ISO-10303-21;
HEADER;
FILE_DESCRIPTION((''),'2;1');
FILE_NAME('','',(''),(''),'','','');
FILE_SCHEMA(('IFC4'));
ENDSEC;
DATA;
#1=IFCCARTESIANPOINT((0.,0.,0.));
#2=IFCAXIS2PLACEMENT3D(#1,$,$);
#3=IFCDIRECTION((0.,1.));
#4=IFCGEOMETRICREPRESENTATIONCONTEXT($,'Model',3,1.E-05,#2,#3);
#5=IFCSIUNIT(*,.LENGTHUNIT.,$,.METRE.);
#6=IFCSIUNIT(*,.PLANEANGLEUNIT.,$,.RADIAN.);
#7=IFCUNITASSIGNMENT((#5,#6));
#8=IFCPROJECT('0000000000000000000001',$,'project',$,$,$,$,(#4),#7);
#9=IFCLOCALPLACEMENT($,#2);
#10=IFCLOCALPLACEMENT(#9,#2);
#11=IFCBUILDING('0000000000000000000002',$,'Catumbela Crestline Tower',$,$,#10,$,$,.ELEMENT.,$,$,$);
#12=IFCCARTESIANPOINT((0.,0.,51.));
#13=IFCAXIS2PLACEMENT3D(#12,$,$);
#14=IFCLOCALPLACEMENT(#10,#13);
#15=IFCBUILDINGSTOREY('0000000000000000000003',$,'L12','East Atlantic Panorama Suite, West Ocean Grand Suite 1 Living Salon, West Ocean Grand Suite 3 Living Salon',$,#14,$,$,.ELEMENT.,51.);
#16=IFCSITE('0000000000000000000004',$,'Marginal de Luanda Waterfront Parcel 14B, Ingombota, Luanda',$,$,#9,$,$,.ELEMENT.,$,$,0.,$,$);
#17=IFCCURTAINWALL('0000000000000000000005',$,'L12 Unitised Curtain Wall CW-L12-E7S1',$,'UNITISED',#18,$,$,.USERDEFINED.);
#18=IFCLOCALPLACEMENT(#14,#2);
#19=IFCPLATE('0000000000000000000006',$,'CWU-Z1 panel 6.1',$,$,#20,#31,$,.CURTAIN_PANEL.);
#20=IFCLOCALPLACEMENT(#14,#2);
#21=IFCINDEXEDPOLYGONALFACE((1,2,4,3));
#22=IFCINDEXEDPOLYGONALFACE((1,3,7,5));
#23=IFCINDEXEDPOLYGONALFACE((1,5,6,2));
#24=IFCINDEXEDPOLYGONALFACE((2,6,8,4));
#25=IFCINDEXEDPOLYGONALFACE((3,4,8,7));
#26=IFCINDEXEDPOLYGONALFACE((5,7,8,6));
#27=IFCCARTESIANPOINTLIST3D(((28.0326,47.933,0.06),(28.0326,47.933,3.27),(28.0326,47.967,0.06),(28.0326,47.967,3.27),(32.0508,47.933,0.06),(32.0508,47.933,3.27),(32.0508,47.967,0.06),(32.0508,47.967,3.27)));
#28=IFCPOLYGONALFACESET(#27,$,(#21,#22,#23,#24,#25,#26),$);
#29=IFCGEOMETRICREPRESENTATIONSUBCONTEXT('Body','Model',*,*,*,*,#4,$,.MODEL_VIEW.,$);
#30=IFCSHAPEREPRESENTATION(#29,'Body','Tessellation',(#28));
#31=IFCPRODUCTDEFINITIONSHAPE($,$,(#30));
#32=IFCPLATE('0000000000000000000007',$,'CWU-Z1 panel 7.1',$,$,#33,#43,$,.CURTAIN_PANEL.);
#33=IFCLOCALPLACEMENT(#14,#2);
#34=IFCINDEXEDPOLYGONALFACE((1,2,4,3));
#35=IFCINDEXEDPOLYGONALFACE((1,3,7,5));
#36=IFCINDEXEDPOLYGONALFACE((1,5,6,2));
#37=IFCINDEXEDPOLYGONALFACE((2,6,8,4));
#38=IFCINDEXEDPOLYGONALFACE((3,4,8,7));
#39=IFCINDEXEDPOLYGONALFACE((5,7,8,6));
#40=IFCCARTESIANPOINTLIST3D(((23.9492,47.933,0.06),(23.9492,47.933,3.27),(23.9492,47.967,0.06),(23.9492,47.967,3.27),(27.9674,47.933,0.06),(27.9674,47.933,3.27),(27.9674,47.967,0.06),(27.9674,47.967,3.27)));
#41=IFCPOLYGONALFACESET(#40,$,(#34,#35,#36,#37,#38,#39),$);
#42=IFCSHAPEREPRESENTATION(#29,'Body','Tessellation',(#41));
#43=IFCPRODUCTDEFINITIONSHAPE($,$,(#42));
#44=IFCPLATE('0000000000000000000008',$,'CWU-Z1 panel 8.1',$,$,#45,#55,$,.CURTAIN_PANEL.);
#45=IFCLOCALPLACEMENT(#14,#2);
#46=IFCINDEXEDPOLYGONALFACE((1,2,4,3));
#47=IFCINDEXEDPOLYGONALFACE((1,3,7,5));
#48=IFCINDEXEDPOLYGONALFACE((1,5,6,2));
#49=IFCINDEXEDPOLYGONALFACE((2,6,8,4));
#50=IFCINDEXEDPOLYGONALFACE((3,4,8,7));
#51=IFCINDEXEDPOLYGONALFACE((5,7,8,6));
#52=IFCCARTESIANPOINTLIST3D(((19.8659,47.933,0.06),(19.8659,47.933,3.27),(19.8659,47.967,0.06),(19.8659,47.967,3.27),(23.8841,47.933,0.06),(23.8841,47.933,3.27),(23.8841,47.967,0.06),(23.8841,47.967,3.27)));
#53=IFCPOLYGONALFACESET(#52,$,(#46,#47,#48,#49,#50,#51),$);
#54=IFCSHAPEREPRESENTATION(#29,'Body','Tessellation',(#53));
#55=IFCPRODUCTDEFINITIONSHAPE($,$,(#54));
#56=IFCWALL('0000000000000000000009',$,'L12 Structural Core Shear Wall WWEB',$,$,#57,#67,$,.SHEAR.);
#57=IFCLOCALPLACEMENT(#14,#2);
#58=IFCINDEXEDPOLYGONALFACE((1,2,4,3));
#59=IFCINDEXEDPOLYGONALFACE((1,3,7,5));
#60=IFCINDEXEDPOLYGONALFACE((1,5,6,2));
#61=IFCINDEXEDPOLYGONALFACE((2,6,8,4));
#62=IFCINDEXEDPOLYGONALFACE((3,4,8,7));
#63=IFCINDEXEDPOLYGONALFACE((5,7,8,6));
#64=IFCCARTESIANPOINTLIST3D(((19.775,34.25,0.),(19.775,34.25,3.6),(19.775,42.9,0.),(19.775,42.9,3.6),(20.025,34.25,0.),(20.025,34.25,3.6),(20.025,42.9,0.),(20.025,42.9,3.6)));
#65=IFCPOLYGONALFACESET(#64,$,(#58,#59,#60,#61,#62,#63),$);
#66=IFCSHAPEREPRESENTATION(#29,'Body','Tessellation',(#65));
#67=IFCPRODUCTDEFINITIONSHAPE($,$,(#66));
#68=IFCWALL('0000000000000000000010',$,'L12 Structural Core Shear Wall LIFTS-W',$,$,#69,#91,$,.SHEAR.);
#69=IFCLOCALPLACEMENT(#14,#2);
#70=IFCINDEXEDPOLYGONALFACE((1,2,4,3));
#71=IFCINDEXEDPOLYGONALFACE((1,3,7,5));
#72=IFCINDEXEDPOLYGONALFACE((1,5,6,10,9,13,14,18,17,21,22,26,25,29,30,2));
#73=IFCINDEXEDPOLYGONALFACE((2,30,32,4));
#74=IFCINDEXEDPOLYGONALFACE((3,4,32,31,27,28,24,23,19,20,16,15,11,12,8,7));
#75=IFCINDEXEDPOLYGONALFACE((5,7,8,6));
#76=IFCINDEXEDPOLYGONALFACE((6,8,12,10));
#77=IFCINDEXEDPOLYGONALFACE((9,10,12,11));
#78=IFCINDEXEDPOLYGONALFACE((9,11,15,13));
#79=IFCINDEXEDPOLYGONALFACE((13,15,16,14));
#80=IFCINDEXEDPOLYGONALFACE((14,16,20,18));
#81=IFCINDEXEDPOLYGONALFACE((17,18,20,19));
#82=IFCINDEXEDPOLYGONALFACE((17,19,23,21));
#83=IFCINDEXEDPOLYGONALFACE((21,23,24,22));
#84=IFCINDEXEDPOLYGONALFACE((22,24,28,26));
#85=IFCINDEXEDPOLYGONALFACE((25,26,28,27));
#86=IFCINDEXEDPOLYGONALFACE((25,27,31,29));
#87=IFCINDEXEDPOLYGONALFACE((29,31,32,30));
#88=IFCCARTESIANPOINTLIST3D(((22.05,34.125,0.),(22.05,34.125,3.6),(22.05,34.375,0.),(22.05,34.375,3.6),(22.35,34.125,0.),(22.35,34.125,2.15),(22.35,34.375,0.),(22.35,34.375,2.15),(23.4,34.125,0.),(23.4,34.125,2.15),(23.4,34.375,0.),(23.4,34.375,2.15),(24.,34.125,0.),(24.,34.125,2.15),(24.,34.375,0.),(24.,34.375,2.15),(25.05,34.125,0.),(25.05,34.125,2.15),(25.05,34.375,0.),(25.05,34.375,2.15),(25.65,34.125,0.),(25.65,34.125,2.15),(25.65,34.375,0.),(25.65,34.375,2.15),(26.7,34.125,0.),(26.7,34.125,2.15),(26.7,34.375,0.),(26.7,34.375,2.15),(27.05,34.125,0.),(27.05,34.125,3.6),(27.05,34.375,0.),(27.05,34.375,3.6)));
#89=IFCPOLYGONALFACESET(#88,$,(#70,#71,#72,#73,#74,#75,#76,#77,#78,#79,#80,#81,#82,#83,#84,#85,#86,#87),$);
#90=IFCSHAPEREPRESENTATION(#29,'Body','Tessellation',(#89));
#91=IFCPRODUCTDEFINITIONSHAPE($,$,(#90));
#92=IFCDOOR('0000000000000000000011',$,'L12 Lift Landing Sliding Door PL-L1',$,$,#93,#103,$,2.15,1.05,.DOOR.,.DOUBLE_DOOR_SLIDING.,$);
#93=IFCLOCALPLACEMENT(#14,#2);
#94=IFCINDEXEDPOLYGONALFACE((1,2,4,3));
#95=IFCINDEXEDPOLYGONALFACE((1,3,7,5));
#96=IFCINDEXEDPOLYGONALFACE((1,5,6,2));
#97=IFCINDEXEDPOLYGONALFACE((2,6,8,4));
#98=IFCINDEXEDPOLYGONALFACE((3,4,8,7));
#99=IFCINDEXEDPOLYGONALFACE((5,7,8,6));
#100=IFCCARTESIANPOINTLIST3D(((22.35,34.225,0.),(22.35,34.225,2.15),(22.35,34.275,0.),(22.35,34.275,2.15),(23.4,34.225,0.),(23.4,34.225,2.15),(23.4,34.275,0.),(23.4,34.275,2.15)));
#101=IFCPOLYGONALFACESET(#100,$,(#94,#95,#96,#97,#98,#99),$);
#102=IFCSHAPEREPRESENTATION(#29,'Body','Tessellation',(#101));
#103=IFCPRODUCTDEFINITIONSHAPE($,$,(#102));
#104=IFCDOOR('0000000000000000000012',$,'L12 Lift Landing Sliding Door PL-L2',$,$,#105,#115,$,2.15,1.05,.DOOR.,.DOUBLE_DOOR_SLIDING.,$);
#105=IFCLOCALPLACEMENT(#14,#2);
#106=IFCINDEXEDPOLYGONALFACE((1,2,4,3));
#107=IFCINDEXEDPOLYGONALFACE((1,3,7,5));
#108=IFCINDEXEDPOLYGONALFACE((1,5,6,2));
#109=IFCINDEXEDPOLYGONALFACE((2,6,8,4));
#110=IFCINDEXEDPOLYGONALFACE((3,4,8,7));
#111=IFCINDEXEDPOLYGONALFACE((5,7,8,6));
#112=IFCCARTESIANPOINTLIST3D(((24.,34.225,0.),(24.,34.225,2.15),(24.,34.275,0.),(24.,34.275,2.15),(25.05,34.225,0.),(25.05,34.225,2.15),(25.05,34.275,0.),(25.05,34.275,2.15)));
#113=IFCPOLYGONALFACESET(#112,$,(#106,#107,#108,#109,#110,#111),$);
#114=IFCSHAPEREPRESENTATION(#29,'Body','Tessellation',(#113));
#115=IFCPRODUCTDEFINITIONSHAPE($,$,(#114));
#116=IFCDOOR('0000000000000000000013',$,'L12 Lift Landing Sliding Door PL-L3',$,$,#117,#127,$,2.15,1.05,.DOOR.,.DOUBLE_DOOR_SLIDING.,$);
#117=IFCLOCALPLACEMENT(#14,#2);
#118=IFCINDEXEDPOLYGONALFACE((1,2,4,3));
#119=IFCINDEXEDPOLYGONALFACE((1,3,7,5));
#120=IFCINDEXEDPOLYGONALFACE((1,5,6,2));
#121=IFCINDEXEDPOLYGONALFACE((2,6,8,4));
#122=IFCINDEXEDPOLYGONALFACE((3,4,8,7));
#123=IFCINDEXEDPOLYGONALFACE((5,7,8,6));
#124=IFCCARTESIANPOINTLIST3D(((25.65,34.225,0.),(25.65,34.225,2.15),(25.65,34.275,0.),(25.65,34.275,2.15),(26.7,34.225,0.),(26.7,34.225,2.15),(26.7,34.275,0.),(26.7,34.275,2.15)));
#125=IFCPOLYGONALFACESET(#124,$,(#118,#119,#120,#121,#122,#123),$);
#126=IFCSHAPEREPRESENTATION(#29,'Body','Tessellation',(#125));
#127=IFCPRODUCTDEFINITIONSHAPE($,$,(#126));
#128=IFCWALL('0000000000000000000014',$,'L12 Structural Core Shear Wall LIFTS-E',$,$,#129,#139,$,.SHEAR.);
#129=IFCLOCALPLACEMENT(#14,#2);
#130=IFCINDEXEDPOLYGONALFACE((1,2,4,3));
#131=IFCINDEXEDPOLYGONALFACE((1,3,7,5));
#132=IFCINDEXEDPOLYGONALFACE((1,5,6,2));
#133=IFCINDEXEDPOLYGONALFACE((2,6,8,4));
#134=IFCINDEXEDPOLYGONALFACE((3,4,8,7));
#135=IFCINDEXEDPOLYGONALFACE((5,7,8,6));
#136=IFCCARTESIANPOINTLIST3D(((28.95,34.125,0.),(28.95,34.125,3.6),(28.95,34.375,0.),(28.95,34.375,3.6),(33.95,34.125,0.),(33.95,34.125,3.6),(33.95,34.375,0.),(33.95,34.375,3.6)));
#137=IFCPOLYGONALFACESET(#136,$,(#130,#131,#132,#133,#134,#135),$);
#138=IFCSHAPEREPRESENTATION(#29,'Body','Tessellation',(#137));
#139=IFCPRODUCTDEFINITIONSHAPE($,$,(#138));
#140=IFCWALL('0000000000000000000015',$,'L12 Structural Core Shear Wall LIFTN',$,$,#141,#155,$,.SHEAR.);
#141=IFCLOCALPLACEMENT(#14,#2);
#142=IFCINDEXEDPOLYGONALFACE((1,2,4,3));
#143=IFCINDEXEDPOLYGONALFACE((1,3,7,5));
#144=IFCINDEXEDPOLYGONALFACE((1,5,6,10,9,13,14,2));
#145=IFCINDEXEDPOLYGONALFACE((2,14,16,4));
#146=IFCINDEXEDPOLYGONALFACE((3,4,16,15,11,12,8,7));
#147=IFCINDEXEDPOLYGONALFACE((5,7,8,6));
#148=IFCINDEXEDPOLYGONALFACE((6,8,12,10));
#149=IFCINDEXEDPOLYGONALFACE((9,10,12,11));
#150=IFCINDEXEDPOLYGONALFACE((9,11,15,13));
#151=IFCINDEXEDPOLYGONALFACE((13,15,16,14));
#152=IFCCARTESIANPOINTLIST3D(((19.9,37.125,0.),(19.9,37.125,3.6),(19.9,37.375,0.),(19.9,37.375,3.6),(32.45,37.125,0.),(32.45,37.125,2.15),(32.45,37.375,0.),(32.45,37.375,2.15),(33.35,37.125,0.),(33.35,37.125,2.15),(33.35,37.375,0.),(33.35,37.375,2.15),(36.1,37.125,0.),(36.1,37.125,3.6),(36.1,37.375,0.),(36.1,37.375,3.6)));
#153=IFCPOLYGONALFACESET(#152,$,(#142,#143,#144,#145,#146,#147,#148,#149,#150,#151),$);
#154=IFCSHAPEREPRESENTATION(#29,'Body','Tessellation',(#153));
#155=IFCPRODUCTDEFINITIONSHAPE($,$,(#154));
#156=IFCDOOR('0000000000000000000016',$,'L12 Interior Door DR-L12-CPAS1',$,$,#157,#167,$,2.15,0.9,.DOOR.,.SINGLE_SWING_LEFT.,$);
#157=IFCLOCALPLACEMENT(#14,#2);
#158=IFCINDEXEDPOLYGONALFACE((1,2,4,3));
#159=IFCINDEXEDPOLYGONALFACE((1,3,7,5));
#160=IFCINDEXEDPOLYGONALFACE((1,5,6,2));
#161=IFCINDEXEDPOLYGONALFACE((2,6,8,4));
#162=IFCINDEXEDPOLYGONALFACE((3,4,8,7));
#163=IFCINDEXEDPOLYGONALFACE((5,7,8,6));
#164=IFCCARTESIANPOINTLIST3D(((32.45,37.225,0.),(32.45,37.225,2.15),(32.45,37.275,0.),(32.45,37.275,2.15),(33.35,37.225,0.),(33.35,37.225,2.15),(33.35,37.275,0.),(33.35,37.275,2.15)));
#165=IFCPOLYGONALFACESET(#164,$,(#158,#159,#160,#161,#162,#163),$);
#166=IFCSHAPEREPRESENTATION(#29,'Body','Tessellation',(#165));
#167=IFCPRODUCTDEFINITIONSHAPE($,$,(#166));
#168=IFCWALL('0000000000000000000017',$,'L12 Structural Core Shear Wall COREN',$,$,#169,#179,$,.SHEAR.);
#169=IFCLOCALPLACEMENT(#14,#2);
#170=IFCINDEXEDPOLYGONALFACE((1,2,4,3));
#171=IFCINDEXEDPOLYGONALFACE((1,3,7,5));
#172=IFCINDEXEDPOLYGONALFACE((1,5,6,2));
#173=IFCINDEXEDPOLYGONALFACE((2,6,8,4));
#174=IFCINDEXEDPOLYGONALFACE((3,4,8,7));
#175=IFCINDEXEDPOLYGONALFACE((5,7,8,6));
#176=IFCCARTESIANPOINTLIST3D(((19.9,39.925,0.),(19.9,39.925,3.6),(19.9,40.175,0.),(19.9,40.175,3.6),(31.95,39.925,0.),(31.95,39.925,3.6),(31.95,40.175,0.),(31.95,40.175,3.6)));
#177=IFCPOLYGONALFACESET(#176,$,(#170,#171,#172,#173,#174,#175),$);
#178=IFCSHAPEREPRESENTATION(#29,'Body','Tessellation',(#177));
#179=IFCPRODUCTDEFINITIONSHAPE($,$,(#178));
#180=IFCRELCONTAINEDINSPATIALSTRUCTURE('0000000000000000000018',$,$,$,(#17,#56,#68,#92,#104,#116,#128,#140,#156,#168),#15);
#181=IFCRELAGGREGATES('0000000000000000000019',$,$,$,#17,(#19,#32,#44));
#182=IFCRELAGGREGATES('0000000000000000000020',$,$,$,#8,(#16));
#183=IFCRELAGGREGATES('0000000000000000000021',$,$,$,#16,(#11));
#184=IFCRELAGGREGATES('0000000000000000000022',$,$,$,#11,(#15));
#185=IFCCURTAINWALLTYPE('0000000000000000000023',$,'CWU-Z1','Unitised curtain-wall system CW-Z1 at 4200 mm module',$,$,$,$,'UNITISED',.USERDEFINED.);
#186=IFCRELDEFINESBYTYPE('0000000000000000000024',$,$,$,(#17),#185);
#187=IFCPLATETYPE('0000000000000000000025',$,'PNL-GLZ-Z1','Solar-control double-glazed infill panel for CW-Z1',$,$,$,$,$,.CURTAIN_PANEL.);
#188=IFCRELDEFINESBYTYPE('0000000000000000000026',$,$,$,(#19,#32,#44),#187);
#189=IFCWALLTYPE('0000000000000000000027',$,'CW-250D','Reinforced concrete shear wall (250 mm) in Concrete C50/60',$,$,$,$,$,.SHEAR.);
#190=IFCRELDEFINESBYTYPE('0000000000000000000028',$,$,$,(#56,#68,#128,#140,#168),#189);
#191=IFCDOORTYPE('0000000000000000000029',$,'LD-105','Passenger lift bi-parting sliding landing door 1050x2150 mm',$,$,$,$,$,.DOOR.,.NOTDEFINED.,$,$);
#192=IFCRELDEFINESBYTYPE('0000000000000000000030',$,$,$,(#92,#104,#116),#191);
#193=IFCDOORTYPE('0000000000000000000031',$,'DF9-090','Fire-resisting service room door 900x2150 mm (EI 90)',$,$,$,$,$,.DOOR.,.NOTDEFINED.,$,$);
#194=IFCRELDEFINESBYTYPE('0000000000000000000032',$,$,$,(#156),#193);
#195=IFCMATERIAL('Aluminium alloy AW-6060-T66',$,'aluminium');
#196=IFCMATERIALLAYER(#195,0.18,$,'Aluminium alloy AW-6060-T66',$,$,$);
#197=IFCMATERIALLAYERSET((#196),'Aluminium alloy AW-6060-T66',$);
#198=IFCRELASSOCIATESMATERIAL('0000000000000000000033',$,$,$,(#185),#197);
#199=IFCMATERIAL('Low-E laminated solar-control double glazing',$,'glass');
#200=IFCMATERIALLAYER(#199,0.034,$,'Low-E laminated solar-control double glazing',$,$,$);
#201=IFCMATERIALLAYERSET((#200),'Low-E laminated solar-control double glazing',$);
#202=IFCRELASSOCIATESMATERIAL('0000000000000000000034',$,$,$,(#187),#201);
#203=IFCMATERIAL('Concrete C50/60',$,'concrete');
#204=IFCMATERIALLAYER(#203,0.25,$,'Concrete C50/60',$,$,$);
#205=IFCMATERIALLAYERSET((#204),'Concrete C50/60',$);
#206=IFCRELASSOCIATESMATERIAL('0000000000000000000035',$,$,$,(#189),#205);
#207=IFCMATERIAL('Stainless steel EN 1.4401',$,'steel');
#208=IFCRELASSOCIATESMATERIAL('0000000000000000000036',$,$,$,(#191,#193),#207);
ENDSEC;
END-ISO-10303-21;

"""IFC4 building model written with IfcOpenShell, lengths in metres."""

from ifc_helpers import new_model, si_unit, direction, frame, frame_2d, origin, origin_2d, place, context, subcontext, project, spatial, rectangle, extrude, material, layer, layer_set, type_object, element, fill, aggregate, save


model = new_model("IFC4")

# Units and contexts
model_context = context("Model", 3, precision=1e-05, world=origin(), true_north=direction((0.0, 1.0)))
body_context = subcontext(model_context, "Body", "Model", "MODEL_VIEW")
ifc_project = project(units=[si_unit("LENGTHUNIT", "METRE"), si_unit("PLANEANGLEUNIT", "RADIAN")], contexts=[model_context])

# Site, building, storey
site_placement = place(None, origin())
site = spatial("IfcSite", under=ifc_project, at=site_placement, Name="Marginal de Luanda Waterfront Parcel 14B, Ingombota, Luanda", CompositionType="ELEMENT", RefElevation=0.0)
building_placement = place(site_placement, origin())
building = spatial("IfcBuilding", under=site, at=building_placement, Name="Catumbela Crestline Tower", CompositionType="ELEMENT")
storey_placement = place(building_placement, frame((0.0, 0.0, 51.0)))
storey = spatial("IfcBuildingStorey", under=building, at=storey_placement, Name="L12", Description="East Atlantic Panorama Suite, West Ocean Grand Suite 1 Living Salon, West Ocean Grand Suite 3 Living Salon", CompositionType="ELEMENT", Elevation=51.0)

# Curtain wall, plates
ifc_material_1 = material(Name="Aluminium alloy AW-6060-T66", Category="aluminium")
ifc_layer_1 = layer(ifc_material_1, 0.18, Name="Aluminium alloy AW-6060-T66")
ifc_layer_set_1 = layer_set([ifc_layer_1], Name="Aluminium alloy AW-6060-T66")
curtain_wall_type = type_object("IfcCurtainWallType", Name="CWU-Z1", Description="Unitised curtain-wall system CW-Z1 at 4200 mm module", ElementType="UNITISED", PredefinedType="USERDEFINED", material=ifc_layer_set_1)
curtain_wall_placement = place(storey_placement, origin())
curtain_wall = element("IfcCurtainWall", 1, at=curtain_wall_placement, inside=storey, type_object=curtain_wall_type, Name="L12 Unitised Curtain Wall CW-L12-E7S1", ObjectType="UNITISED", PredefinedType="USERDEFINED")
ifc_material_2 = material(Name="Low-E laminated solar-control double glazing", Category="glass")
ifc_layer_2 = layer(ifc_material_2, 0.034, Name="Low-E laminated solar-control double glazing")
ifc_layer_set_2 = layer_set([ifc_layer_2], Name="Low-E laminated solar-control double glazing")
plate_type = type_object("IfcPlateType", Name="PNL-GLZ-Z1", Description="Solar-control double-glazed infill panel for CW-Z1", PredefinedType="CURTAIN_PANEL", material=ifc_layer_set_2)
plate_1_placement = place(storey_placement, frame((30.0417, 47.95, 0.06), z_axis=(0.0, 0.0, 1.0), x_axis=(-1.0, 0.0, 0.0)))
plate_1 = element("IfcPlate", 2, at=plate_1_placement, type_object=plate_type, Name="CWU-Z1 panel 6.1", PredefinedType="CURTAIN_PANEL", context=body_context, shape_type="SweptSolid", body=[
    extrude(rectangle(XDim=4.0183, YDim=0.034, at=origin_2d()), origin(), (0.0, 0.0, 1.0), 3.21),
])
plate_2_placement = place(storey_placement, frame((25.9583, 47.95, 0.06), z_axis=(0.0, 0.0, 1.0), x_axis=(-1.0, 0.0, 0.0)))
plate_2 = element("IfcPlate", 3, at=plate_2_placement, type_object=plate_type, Name="CWU-Z1 panel 7.1", PredefinedType="CURTAIN_PANEL", context=body_context, shape_type="SweptSolid", body=[
    extrude(rectangle(XDim=4.0183, YDim=0.034, at=origin_2d()), origin(), (0.0, 0.0, 1.0), 3.21),
])
plate_3_placement = place(storey_placement, frame((21.875, 47.95, 0.06), z_axis=(0.0, 0.0, 1.0), x_axis=(-1.0, 0.0, 0.0)))
plate_3 = element("IfcPlate", 4, at=plate_3_placement, type_object=plate_type, Name="CWU-Z1 panel 8.1", PredefinedType="CURTAIN_PANEL", context=body_context, shape_type="SweptSolid", body=[
    extrude(rectangle(XDim=4.0183, YDim=0.034, at=origin_2d()), origin(), (0.0, 0.0, 1.0), 3.21),
])
aggregate(curtain_wall, [plate_1, plate_2, plate_3])

# Wall
ifc_material_3 = material(Name="Concrete C50/60", Category="concrete")
ifc_layer_3 = layer(ifc_material_3, 0.25, Name="Concrete C50/60")
ifc_layer_set_3 = layer_set([ifc_layer_3], Name="Concrete C50/60")
wall_type_1 = type_object("IfcWallType", Name="CW-250D", Description="Reinforced concrete shear wall (250 mm) in Concrete C50/60", PredefinedType="SHEAR", material=ifc_layer_set_3)
wall_1_placement = place(storey_placement, frame((19.9, 34.25, 0.0), z_axis=(0.0, 0.0, 1.0), x_axis=(0.0, 1.0, 0.0)))
element("IfcWall", 5, at=wall_1_placement, inside=storey, type_object=wall_type_1, Name="L12 Structural Core Shear Wall WWEB", PredefinedType="SHEAR", context=body_context, shape_type="SweptSolid", body=[
    extrude(rectangle(XDim=8.65, YDim=0.25, at=frame_2d((4.325, 0.0))), origin(), (0.0, 0.0, 1.0), 3.6),
])

# Wall, openings, doors
wall_2_placement = place(storey_placement, frame((22.05, 34.25, 0.0), z_axis=(0.0, 0.0, 1.0), x_axis=(1.0, 0.0, 0.0)))
wall_2 = element("IfcWall", 6, at=wall_2_placement, inside=storey, type_object=wall_type_1, Name="L12 Structural Core Shear Wall LIFTS-W", PredefinedType="SHEAR", context=body_context, shape_type="SweptSolid", body=[
    extrude(rectangle(XDim=5.0, YDim=0.25, at=frame_2d((2.5, 0.0))), origin(), (0.0, 0.0, 1.0), 3.6),
])
opening_1_placement = place(wall_2_placement, frame((0.3, 0.0, 0.0)))
opening_1 = element("IfcOpeningElement", 7, at=opening_1_placement, cuts=wall_2, PredefinedType="OPENING", context=body_context, shape_type="SweptSolid", body=[
    extrude(rectangle(XDim=1.05, YDim=2.15, at=frame_2d((0.525, 1.075))), frame((0.0, 0.135, 0.0), z_axis=(0.0, -1.0, 0.0), x_axis=(1.0, 0.0, 0.0)), (0.0, 0.0, 1.0), 0.27),
])
opening_2_placement = place(wall_2_placement, frame((1.95, 0.0, 0.0)))
opening_2 = element("IfcOpeningElement", 8, at=opening_2_placement, cuts=wall_2, PredefinedType="OPENING", context=body_context, shape_type="SweptSolid", body=[
    extrude(rectangle(XDim=1.05, YDim=2.15, at=frame_2d((0.525, 1.075))), frame((0.0, 0.135, 0.0), z_axis=(0.0, -1.0, 0.0), x_axis=(1.0, 0.0, 0.0)), (0.0, 0.0, 1.0), 0.27),
])
opening_3_placement = place(wall_2_placement, frame((3.6, 0.0, 0.0)))
opening_3 = element("IfcOpeningElement", 9, at=opening_3_placement, cuts=wall_2, PredefinedType="OPENING", context=body_context, shape_type="SweptSolid", body=[
    extrude(rectangle(XDim=1.05, YDim=2.15, at=frame_2d((0.525, 1.075))), frame((0.0, 0.135, 0.0), z_axis=(0.0, -1.0, 0.0), x_axis=(1.0, 0.0, 0.0)), (0.0, 0.0, 1.0), 0.27),
])
ifc_material_4 = material(Name="Stainless steel EN 1.4401", Category="steel")
door_type_1 = type_object("IfcDoorType", Name="LD-105", Description="Passenger lift bi-parting sliding landing door 1050x2150 mm", OperationType="NOTDEFINED", PredefinedType="DOOR", material=ifc_material_4)
door_1_placement = place(opening_1_placement, origin())
door_1 = element("IfcDoor", 10, at=door_1_placement, inside=storey, type_object=door_type_1, Name="L12 Lift Landing Sliding Door PL-L1", OperationType="DOUBLE_DOOR_SLIDING", OverallHeight=2.15, OverallWidth=1.05, PredefinedType="DOOR", context=body_context, shape_type="SweptSolid", body=[
    extrude(rectangle(XDim=1.05, YDim=2.15, at=frame_2d((0.525, 1.075))), frame((0.0, 0.025, 0.0), z_axis=(0.0, -1.0, 0.0), x_axis=(1.0, 0.0, 0.0)), (0.0, 0.0, 1.0), 0.05),
])
fill(opening_1, door_1)
door_2_placement = place(opening_2_placement, origin())
door_2 = element("IfcDoor", 11, at=door_2_placement, inside=storey, type_object=door_type_1, Name="L12 Lift Landing Sliding Door PL-L2", OperationType="DOUBLE_DOOR_SLIDING", OverallHeight=2.15, OverallWidth=1.05, PredefinedType="DOOR", context=body_context, shape_type="SweptSolid", body=[
    extrude(rectangle(XDim=1.05, YDim=2.15, at=frame_2d((0.525, 1.075))), frame((0.0, 0.025, 0.0), z_axis=(0.0, -1.0, 0.0), x_axis=(1.0, 0.0, 0.0)), (0.0, 0.0, 1.0), 0.05),
])
fill(opening_2, door_2)
door_3_placement = place(opening_3_placement, origin())
door_3 = element("IfcDoor", 12, at=door_3_placement, inside=storey, type_object=door_type_1, Name="L12 Lift Landing Sliding Door PL-L3", OperationType="DOUBLE_DOOR_SLIDING", OverallHeight=2.15, OverallWidth=1.05, PredefinedType="DOOR", context=body_context, shape_type="SweptSolid", body=[
    extrude(rectangle(XDim=1.05, YDim=2.15, at=frame_2d((0.525, 1.075))), frame((0.0, 0.025, 0.0), z_axis=(0.0, -1.0, 0.0), x_axis=(1.0, 0.0, 0.0)), (0.0, 0.0, 1.0), 0.05),
])
fill(opening_3, door_3)

# Wall
wall_3_placement = place(storey_placement, frame((28.95, 34.25, 0.0), z_axis=(0.0, 0.0, 1.0), x_axis=(1.0, 0.0, 0.0)))
element("IfcWall", 13, at=wall_3_placement, inside=storey, type_object=wall_type_1, Name="L12 Structural Core Shear Wall LIFTS-E", PredefinedType="SHEAR", context=body_context, shape_type="SweptSolid", body=[
    extrude(rectangle(XDim=5.0, YDim=0.25, at=frame_2d((2.5, 0.0))), origin(), (0.0, 0.0, 1.0), 3.6),
])

# Wall, opening, door
wall_4_placement = place(storey_placement, frame((19.9, 37.25, 0.0), z_axis=(0.0, 0.0, 1.0), x_axis=(1.0, 0.0, 0.0)))
wall_4 = element("IfcWall", 14, at=wall_4_placement, inside=storey, type_object=wall_type_1, Name="L12 Structural Core Shear Wall LIFTN", PredefinedType="SHEAR", context=body_context, shape_type="SweptSolid", body=[
    extrude(rectangle(XDim=16.2, YDim=0.25, at=frame_2d((8.1, 0.0))), origin(), (0.0, 0.0, 1.0), 3.6),
])
opening_4_placement = place(wall_4_placement, frame((12.55, 0.0, 0.0)))
opening_4 = element("IfcOpeningElement", 15, at=opening_4_placement, cuts=wall_4, PredefinedType="OPENING", context=body_context, shape_type="SweptSolid", body=[
    extrude(rectangle(XDim=0.9, YDim=2.15, at=frame_2d((0.45, 1.075))), frame((0.0, 0.135, 0.0), z_axis=(0.0, -1.0, 0.0), x_axis=(1.0, 0.0, 0.0)), (0.0, 0.0, 1.0), 0.27),
])
door_type_2 = type_object("IfcDoorType", Name="DF9-090", Description="Fire-resisting service room door 900x2150 mm (EI 90)", OperationType="NOTDEFINED", PredefinedType="DOOR", material=ifc_material_4)
door_4_placement = place(opening_4_placement, origin())
door_4 = element("IfcDoor", 16, at=door_4_placement, inside=storey, type_object=door_type_2, Name="L12 Interior Door DR-L12-CPAS1", OperationType="SINGLE_SWING_LEFT", OverallHeight=2.15, OverallWidth=0.9, PredefinedType="DOOR", context=body_context, shape_type="SweptSolid", body=[
    extrude(rectangle(XDim=0.9, YDim=2.15, at=frame_2d((0.45, 1.075))), frame((0.0, 0.025, 0.0), z_axis=(0.0, -1.0, 0.0), x_axis=(1.0, 0.0, 0.0)), (0.0, 0.0, 1.0), 0.05),
])
fill(opening_4, door_4)

# Wall
wall_5_placement = place(storey_placement, frame((19.9, 40.05, 0.0), z_axis=(0.0, 0.0, 1.0), x_axis=(1.0, 0.0, 0.0)))
element("IfcWall", 17, at=wall_5_placement, inside=storey, type_object=wall_type_1, Name="L12 Structural Core Shear Wall COREN", PredefinedType="SHEAR", context=body_context, shape_type="SweptSolid", body=[
    extrude(rectangle(XDim=12.05, YDim=0.25, at=frame_2d((6.025, 0.0))), origin(), (0.0, 0.0, 1.0), 3.6),
])

save(model, "model.ifc")
